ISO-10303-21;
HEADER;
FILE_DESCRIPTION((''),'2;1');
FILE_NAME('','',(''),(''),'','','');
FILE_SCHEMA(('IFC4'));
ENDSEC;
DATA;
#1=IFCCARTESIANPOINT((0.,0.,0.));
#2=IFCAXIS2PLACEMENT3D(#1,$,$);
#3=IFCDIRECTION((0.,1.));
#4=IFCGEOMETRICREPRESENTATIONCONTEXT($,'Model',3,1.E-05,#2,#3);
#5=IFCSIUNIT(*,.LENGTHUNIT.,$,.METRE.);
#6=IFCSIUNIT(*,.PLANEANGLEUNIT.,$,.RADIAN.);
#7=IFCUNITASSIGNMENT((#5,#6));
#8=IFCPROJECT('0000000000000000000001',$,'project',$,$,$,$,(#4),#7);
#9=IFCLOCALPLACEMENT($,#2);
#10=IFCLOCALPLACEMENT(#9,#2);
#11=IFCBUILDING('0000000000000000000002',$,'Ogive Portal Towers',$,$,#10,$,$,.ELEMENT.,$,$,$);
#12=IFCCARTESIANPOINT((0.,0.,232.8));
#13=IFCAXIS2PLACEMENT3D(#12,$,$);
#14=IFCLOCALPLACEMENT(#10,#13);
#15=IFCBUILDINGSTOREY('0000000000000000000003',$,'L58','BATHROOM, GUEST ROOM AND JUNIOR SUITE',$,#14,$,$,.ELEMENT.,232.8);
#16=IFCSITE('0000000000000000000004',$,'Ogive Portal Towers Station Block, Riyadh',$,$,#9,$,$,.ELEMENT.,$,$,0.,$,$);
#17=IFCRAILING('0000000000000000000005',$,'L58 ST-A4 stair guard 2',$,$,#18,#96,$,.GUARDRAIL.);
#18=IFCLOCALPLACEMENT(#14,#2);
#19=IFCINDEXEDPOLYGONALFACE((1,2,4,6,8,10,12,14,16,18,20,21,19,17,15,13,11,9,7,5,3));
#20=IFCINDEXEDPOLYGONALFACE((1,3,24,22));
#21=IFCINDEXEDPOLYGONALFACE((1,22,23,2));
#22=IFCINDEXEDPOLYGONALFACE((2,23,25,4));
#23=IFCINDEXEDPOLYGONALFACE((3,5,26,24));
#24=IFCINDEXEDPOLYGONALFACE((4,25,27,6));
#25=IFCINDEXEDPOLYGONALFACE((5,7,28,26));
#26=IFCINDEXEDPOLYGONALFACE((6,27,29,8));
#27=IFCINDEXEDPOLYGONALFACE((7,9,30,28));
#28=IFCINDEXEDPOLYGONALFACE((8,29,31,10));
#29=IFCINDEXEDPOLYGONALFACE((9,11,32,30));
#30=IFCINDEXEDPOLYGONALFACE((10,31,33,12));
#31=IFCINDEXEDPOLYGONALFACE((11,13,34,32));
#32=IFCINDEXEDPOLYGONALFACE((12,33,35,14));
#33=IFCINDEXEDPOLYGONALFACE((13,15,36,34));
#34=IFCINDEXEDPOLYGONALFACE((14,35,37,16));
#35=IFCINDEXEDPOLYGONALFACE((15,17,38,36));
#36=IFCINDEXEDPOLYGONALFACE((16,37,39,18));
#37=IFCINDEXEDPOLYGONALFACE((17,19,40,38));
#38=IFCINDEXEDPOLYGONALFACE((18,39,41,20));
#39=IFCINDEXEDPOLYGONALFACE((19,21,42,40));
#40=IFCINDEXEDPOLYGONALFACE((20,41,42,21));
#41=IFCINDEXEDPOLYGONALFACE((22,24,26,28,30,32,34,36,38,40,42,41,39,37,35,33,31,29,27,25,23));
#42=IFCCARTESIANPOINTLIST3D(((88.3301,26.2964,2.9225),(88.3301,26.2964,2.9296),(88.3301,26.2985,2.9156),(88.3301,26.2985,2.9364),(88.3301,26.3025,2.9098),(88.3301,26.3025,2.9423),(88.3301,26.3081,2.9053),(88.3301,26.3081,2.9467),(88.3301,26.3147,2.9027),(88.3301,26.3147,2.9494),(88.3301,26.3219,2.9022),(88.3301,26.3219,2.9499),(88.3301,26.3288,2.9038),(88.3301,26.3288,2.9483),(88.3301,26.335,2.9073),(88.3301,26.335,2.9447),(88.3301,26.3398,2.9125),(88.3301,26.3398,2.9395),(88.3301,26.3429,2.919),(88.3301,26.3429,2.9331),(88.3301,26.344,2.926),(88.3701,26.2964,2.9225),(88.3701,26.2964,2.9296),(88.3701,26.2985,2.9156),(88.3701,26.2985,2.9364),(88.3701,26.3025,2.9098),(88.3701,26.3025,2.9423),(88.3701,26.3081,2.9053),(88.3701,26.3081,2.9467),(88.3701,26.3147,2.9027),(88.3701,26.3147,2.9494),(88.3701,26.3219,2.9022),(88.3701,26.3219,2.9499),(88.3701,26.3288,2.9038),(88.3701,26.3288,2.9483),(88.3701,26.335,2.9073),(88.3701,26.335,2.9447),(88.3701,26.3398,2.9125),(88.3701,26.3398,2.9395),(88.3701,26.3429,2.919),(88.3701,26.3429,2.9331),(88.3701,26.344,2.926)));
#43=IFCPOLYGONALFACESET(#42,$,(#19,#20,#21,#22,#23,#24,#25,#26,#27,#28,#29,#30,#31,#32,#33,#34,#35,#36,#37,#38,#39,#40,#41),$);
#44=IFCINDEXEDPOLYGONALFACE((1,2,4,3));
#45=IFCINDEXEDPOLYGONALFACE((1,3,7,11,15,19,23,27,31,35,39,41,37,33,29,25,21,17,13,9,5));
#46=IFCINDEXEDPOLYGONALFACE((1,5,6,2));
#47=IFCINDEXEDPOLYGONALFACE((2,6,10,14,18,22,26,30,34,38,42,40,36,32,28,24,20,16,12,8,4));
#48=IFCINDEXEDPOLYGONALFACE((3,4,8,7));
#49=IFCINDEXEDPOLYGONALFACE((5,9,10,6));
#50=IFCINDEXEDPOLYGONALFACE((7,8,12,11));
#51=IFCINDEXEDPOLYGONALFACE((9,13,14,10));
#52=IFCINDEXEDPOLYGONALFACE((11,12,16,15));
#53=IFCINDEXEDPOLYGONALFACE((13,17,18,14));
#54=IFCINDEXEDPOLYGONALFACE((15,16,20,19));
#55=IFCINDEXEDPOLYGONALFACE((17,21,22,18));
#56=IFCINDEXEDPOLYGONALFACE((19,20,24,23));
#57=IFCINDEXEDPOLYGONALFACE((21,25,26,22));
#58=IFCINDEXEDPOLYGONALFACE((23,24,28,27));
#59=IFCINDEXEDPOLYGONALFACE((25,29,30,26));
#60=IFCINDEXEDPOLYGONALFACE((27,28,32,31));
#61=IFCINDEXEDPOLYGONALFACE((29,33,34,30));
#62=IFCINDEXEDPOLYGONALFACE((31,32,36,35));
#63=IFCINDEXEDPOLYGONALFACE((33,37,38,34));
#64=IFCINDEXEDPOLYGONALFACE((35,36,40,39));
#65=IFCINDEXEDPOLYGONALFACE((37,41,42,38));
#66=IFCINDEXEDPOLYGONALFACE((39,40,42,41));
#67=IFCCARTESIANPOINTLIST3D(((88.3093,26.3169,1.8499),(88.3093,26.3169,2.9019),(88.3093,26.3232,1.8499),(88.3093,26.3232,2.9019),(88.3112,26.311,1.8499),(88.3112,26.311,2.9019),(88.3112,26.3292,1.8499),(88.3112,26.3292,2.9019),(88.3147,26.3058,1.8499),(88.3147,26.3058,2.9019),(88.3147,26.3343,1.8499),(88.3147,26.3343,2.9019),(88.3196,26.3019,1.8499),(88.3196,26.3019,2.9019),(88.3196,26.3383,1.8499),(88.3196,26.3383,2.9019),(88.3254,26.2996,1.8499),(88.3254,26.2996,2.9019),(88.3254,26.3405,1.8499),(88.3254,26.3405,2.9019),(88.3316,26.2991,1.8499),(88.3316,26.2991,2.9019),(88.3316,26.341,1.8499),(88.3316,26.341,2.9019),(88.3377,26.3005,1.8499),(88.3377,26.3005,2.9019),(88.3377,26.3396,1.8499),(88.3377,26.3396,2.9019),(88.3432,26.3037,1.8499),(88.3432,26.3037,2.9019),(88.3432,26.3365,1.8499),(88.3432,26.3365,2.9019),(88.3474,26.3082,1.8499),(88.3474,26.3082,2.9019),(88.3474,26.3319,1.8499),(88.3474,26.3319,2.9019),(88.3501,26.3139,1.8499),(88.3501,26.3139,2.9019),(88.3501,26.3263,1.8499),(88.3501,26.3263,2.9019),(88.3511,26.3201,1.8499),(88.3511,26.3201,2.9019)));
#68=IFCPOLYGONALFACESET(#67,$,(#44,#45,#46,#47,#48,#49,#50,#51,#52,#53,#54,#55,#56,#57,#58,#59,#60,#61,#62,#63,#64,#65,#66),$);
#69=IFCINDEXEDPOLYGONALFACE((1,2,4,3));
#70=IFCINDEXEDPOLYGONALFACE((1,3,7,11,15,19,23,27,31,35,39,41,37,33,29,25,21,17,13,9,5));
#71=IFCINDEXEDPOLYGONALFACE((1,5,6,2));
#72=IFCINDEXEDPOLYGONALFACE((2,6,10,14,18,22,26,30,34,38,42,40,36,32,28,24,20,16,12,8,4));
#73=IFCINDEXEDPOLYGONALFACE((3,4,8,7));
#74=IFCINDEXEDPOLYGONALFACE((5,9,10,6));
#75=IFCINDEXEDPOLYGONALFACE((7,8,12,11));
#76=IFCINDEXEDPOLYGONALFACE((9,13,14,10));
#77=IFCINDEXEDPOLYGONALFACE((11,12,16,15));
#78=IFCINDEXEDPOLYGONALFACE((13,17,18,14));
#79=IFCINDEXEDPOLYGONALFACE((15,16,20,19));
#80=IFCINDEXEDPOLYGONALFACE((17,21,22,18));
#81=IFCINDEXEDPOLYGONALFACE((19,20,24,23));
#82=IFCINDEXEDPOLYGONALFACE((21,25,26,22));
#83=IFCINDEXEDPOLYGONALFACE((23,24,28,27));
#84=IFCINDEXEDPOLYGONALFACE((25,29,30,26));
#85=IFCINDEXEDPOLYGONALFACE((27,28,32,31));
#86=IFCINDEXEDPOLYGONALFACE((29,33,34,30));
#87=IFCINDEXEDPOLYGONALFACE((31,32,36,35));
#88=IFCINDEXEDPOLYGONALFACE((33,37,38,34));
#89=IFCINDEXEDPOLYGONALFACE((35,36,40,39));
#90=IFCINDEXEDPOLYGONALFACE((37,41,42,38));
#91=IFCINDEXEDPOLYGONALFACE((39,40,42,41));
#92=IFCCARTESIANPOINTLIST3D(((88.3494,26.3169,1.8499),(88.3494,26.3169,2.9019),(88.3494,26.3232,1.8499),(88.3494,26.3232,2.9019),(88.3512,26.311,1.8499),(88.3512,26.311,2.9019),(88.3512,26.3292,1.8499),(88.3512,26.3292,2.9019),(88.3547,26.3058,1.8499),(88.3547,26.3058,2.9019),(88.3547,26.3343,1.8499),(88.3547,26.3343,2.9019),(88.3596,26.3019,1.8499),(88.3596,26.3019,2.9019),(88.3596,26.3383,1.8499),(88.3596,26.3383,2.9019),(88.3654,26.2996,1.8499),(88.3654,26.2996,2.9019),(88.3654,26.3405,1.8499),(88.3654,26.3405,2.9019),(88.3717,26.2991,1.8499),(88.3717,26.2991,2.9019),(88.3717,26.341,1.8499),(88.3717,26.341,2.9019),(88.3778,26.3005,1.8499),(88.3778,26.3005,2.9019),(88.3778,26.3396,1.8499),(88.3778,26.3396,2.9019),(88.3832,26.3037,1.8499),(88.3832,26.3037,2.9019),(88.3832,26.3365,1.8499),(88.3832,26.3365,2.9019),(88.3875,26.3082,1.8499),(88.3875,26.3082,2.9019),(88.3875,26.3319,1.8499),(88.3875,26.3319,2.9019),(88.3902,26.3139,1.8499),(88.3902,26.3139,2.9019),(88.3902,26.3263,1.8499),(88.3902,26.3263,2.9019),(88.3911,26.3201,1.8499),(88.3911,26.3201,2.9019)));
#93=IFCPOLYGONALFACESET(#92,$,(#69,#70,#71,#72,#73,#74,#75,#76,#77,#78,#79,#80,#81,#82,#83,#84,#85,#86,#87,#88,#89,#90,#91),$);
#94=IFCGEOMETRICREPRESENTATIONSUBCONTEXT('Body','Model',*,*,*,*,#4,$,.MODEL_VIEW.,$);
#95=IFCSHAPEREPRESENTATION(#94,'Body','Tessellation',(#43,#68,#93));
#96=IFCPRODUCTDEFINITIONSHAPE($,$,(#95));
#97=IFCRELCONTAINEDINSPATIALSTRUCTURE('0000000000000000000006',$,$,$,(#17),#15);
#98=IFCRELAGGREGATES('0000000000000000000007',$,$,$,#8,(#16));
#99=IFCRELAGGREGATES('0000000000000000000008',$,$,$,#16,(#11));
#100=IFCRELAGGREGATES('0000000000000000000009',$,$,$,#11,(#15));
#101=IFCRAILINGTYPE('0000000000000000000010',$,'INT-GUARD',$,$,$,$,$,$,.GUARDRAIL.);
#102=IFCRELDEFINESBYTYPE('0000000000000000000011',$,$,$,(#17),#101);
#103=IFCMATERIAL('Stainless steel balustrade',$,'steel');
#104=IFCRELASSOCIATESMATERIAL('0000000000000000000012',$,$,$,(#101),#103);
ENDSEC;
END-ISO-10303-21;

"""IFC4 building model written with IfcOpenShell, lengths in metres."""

from ifc_helpers import new_model, si_unit, direction, frame, origin, origin_2d, place, context, subcontext, project, spatial, circle, extrude, material, type_object, element, save


model = new_model("IFC4")

# Units and contexts
model_context = context("Model", 3, precision=1e-05, world=origin(), true_north=direction((0.0, 1.0)))
body_context = subcontext(model_context, "Body", "Model", "MODEL_VIEW")
ifc_project = project(units=[si_unit("LENGTHUNIT", "METRE"), si_unit("PLANEANGLEUNIT", "RADIAN")], contexts=[model_context])

# Site, building, storey
site_placement = place(None, origin())
site = spatial("IfcSite", under=ifc_project, at=site_placement, Name="Ogive Portal Towers Station Block, Riyadh", CompositionType="ELEMENT", RefElevation=0.0)
building_placement = place(site_placement, origin())
building = spatial("IfcBuilding", under=site, at=building_placement, Name="Ogive Portal Towers", CompositionType="ELEMENT")
storey_placement = place(building_placement, frame((0.0, 0.0, 232.8)))
storey = spatial("IfcBuildingStorey", under=building, at=storey_placement, Name="L58", Description="BATHROOM, GUEST ROOM AND JUNIOR SUITE", CompositionType="ELEMENT", Elevation=232.8)

# Railing
ifc_material_1 = material(Name="Stainless steel balustrade", Category="steel")
railing_type_1 = type_object("IfcRailingType", Name="INT-GUARD", PredefinedType="GUARDRAIL", material=ifc_material_1)
railing_1_placement = place(storey_placement, frame((88.3301, 26.3201, 1.8499)))
element("IfcRailing", 1, at=railing_1_placement, inside=storey, type_object=railing_type_1, Name="L58 ST-A4 stair guard 2", PredefinedType="GUARDRAIL", context=body_context, shape_type="SweptSolid", body=[
    extrude(circle(Radius=0.0239, at=origin_2d()), frame((0.0, 0.0, 1.0762), z_axis=(1.0, 0.0, 0.0), x_axis=(0.0, 1.0, 0.0)), (0.0, 0.0, 1.0), 0.04),
    extrude(circle(Radius=0.021, at=origin_2d()), origin(), (0.0, 0.0, 1.0), 1.052),
    extrude(circle(Radius=0.021, at=origin_2d()), frame((0.04, 0.0, 0.0)), (0.0, 0.0, 1.0), 1.052),
])

save(model, "model.ifc")
